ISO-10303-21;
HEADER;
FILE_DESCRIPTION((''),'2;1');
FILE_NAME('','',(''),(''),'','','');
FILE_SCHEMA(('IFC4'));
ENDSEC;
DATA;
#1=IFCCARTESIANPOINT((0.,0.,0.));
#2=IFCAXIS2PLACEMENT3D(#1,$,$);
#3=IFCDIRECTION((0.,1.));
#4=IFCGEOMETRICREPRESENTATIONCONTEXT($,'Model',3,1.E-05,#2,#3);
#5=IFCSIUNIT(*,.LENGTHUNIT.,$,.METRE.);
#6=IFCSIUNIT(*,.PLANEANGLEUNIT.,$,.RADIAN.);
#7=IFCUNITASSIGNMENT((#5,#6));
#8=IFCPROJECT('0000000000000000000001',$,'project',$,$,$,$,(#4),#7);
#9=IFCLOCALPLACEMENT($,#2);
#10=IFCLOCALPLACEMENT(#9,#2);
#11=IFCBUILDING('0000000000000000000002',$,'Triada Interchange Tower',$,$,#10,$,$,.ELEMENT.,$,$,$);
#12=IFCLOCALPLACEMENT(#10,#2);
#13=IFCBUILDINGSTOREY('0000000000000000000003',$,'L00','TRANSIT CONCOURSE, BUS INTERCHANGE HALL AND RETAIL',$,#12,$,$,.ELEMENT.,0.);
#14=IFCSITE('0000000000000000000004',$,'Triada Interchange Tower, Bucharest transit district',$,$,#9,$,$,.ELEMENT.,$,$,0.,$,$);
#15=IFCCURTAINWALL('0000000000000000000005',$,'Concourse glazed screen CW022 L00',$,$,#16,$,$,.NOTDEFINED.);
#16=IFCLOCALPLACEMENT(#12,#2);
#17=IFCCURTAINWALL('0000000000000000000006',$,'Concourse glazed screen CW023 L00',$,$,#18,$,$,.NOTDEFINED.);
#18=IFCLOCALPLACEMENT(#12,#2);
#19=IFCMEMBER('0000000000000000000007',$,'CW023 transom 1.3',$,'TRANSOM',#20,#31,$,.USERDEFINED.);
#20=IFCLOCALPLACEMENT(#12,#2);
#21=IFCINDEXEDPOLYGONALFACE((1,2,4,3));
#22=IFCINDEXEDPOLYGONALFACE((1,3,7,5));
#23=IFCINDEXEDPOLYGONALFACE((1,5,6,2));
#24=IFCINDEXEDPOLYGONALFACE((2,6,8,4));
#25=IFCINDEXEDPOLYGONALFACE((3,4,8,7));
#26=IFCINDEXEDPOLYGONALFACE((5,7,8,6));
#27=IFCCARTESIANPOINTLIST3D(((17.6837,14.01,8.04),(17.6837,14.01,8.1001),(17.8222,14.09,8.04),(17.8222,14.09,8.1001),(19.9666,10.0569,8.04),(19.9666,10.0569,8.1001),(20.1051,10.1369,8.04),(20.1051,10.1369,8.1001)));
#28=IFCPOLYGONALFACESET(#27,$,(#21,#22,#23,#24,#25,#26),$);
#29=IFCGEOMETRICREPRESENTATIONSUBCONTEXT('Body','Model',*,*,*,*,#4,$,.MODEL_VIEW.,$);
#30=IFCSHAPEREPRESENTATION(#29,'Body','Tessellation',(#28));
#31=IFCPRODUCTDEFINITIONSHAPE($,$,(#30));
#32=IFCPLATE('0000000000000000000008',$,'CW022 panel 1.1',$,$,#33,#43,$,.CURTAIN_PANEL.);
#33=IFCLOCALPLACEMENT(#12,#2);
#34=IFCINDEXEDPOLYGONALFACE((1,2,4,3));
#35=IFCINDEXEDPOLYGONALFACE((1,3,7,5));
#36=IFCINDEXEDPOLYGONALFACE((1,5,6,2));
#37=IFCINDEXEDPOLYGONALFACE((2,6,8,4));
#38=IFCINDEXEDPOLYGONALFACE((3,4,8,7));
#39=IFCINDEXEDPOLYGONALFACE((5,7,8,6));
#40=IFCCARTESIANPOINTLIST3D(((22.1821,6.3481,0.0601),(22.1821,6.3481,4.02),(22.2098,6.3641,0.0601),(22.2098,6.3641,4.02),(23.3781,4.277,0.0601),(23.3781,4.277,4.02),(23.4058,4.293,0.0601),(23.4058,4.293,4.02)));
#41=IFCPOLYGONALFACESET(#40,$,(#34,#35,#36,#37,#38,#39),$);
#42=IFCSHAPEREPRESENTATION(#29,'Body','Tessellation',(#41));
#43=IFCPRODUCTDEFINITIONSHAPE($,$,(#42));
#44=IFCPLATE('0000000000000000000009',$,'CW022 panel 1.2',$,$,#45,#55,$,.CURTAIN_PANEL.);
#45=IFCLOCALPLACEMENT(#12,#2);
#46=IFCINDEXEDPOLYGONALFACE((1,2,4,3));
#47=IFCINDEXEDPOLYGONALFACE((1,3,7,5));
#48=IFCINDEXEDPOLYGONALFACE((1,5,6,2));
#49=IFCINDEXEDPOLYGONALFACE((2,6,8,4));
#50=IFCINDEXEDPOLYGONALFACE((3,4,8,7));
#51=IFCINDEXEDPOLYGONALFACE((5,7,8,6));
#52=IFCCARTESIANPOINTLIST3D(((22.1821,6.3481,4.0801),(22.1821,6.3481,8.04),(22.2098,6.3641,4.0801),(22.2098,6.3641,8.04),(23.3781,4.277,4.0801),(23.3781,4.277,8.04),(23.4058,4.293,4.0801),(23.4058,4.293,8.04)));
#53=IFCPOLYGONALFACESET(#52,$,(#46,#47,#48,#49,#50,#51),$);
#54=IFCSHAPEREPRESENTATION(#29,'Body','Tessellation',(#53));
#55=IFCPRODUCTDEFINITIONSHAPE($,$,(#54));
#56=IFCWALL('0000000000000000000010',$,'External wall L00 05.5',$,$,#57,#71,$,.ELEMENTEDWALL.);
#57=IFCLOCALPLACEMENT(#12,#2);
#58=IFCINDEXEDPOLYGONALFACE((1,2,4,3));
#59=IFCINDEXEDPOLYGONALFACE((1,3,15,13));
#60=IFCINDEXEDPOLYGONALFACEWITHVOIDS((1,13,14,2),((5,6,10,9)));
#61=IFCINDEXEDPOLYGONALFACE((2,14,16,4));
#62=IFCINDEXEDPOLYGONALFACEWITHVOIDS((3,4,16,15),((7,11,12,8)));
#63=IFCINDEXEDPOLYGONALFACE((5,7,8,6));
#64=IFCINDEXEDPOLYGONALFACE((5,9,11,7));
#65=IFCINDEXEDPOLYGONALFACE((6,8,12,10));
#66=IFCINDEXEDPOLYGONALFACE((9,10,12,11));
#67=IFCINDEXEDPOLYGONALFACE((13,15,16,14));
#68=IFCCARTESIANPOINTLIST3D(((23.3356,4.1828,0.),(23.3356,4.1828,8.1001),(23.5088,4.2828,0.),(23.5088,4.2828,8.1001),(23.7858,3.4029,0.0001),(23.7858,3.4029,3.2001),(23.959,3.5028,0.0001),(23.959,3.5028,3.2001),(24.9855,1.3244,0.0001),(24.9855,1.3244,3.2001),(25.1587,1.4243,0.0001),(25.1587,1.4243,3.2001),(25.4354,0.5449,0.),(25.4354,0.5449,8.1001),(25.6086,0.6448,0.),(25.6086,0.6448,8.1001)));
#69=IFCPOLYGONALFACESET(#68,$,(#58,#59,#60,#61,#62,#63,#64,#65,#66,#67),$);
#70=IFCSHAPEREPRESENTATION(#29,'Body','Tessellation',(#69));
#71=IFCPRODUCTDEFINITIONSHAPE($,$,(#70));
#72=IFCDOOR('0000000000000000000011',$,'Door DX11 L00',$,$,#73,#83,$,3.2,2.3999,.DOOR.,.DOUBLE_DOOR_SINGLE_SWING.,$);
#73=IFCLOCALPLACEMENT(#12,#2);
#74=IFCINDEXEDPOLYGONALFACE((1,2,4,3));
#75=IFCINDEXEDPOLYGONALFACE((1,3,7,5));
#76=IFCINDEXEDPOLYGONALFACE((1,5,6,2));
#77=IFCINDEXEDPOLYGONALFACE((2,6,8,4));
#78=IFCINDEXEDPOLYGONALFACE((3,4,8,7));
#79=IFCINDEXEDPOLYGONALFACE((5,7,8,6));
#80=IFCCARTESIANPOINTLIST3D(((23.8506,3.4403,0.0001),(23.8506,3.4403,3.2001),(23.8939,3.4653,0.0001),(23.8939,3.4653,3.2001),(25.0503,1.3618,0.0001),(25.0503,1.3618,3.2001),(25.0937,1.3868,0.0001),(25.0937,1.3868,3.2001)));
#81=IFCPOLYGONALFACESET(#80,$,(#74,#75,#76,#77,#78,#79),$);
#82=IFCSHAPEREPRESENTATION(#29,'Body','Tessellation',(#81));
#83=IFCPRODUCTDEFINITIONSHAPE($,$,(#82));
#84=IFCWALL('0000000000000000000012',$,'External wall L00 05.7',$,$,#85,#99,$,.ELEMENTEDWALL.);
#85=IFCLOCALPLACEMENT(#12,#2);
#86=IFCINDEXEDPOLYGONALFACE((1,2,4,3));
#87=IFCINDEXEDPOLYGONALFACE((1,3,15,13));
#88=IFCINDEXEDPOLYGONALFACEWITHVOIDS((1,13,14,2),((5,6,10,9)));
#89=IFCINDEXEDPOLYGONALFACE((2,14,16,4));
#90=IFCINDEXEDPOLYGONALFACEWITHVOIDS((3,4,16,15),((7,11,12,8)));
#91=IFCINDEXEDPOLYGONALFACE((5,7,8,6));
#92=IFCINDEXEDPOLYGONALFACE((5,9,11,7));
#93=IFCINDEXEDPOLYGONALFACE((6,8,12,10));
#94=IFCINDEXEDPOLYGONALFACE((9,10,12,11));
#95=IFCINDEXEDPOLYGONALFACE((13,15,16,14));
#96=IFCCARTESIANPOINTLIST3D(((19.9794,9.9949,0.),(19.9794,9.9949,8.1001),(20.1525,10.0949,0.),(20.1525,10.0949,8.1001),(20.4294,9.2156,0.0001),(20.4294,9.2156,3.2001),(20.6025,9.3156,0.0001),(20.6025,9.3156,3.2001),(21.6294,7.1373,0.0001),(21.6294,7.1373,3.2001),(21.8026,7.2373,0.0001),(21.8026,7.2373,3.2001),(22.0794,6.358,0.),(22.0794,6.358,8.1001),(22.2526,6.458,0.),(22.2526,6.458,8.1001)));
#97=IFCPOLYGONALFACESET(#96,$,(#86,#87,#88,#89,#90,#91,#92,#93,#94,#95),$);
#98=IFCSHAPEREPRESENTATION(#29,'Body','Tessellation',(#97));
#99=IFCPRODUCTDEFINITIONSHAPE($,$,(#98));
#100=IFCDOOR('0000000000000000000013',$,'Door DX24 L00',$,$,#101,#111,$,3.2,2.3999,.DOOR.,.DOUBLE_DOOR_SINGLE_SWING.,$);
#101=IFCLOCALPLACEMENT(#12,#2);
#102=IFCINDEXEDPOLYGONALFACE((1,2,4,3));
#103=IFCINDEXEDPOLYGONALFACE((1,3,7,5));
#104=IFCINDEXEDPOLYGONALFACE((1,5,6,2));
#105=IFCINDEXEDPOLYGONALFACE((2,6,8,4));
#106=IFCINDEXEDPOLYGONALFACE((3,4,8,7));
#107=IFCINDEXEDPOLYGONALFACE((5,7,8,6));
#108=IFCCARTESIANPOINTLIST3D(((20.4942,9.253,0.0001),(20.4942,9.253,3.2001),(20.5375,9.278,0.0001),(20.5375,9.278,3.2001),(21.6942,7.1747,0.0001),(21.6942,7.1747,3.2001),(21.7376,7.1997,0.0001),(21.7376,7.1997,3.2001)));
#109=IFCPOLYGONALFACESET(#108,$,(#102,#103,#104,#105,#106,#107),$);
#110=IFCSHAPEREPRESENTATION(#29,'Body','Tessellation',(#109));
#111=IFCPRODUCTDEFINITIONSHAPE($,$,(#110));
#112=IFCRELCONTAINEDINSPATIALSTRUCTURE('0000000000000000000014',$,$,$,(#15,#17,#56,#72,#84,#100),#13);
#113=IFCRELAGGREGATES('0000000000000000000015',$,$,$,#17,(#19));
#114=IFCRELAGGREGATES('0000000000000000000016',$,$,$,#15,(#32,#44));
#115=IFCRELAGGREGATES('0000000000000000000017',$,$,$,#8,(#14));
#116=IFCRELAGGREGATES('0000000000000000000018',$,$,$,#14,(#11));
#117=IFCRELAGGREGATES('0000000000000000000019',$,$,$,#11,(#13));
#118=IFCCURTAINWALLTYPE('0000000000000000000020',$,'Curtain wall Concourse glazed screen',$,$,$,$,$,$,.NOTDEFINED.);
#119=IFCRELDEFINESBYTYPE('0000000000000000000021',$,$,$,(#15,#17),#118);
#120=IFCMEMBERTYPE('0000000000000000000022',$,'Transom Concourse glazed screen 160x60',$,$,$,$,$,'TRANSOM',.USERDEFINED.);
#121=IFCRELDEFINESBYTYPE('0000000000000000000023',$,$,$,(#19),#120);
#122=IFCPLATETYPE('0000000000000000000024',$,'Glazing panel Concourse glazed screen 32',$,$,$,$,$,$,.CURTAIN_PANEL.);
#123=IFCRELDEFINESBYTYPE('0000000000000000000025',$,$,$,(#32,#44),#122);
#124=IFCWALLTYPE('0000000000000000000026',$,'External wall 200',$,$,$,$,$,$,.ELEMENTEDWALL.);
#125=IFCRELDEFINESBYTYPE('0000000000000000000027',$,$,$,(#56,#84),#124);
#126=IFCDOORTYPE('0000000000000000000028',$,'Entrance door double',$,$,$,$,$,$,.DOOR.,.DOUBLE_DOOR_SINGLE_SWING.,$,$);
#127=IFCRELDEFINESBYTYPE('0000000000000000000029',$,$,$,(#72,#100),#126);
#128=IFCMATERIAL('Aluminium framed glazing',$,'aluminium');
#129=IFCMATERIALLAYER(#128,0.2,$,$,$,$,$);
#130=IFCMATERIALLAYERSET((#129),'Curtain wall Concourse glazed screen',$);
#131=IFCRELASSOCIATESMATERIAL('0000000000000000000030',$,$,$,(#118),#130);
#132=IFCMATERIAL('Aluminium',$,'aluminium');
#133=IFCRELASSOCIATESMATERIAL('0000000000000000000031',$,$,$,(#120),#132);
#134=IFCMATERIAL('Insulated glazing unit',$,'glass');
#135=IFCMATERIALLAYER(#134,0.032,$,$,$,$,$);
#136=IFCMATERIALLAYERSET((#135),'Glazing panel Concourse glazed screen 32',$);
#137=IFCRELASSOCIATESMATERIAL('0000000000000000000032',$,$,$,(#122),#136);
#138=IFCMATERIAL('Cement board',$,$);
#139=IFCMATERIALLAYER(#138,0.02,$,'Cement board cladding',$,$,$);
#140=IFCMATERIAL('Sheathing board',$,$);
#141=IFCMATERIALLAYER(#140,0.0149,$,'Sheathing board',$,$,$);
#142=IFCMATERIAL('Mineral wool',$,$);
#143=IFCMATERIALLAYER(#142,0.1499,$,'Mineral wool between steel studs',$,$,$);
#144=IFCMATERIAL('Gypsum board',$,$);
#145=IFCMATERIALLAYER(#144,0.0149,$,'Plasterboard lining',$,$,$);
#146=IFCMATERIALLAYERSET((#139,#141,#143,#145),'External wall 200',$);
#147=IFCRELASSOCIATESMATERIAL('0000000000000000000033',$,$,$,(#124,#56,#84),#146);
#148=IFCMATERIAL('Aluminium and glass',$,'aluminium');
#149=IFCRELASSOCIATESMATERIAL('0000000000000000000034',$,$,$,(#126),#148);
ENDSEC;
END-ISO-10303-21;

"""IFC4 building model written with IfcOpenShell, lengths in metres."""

from ifc_helpers import new_model, si_unit, direction, frame, frame_2d, origin, origin_2d, place, context, subcontext, project, spatial, rectangle, extrude, material, layer, layer_set, layer_usage, material_profile, profile_set, type_object, element, fill, aggregate, save


model = new_model("IFC4")

# Units and contexts
model_context = context("Model", 3, precision=1e-05, world=origin(), true_north=direction((0.0, 1.0)))
body_context = subcontext(model_context, "Body", "Model", "MODEL_VIEW")
ifc_project = project(units=[si_unit("LENGTHUNIT", "METRE"), si_unit("PLANEANGLEUNIT", "RADIAN")], contexts=[model_context])

# Site, building, storey
site_placement = place(None, origin())
site = spatial("IfcSite", under=ifc_project, at=site_placement, Name="Triada Interchange Tower, Bucharest transit district", CompositionType="ELEMENT", RefElevation=0.0)
building_placement = place(site_placement, origin())
building = spatial("IfcBuilding", under=site, at=building_placement, Name="Triada Interchange Tower", CompositionType="ELEMENT")
storey_placement = place(building_placement, origin())
storey = spatial("IfcBuildingStorey", under=building, at=storey_placement, Name="L00", Description="TRANSIT CONCOURSE, BUS INTERCHANGE HALL AND RETAIL", CompositionType="ELEMENT", Elevation=0.0)

# Shared definitions
ifc_material_1 = material(Name="Aluminium framed glazing", Category="aluminium")
ifc_layer_1 = layer(ifc_material_1, 0.2)
ifc_layer_set_1 = layer_set([ifc_layer_1], Name="Curtain wall Concourse glazed screen")
curtain_wall_type = type_object("IfcCurtainWallType", Name="Curtain wall Concourse glazed screen", PredefinedType="NOTDEFINED", material=ifc_layer_set_1)
ifc_material_2 = material(Name="Aluminium", Category="aluminium")

# Curtain wall
curtain_wall_1_placement = place(storey_placement, origin())
curtain_wall_1 = element("IfcCurtainWall", 1, at=curtain_wall_1_placement, inside=storey, type_object=curtain_wall_type, Name="Concourse glazed screen CW022 L00", PredefinedType="NOTDEFINED")

# Curtain wall
curtain_wall_2_placement = place(storey_placement, origin())
curtain_wall_2 = element("IfcCurtainWall", 2, at=curtain_wall_2_placement, inside=storey, type_object=curtain_wall_type, Name="Concourse glazed screen CW023 L00", PredefinedType="NOTDEFINED")

# Member
ifc_material_profile_1 = material_profile(ifc_material_2, rectangle(XDim=0.1599, YDim=0.0601, at=origin_2d()), Name="Aluminium transom")
ifc_profile_set_1 = profile_set([ifc_material_profile_1], Name="Aluminium")
member_type_1 = type_object("IfcMemberType", Name="Transom Concourse glazed screen 160x60", ElementType="TRANSOM", PredefinedType="USERDEFINED", material=ifc_profile_set_1)
member_1_placement = place(storey_placement, frame((20.0359, 10.0969, 8.0701), z_axis=(-0.500102, 0.865966, 0.0), x_axis=(-0.865966, -0.500102, 0.0)))
member_1 = element("IfcMember", 3, at=member_1_placement, type_object=member_type_1, Name="CW023 transom 1.3", ObjectType="TRANSOM", PredefinedType="USERDEFINED", context=body_context, shape_type="SweptSolid", body=[
    extrude(rectangle(XDim=0.1599, YDim=0.0601, at=origin_2d()), origin(), (0.0, 0.0, 1.0), 4.5649),
])
aggregate(curtain_wall_2, [member_1])

# Plates
ifc_material_3 = material(Name="Insulated glazing unit", Category="glass")
ifc_layer_2 = layer(ifc_material_3, 0.032)
ifc_layer_set_2 = layer_set([ifc_layer_2], Name="Glazing panel Concourse glazed screen 32")
plate_type = type_object("IfcPlateType", Name="Glazing panel Concourse glazed screen 32", PredefinedType="CURTAIN_PANEL", material=ifc_layer_set_2)
plate_1_placement = place(storey_placement, frame((22.7939, 5.3206, 0.0601), z_axis=(0.0, 0.0, 1.0), x_axis=(-0.500079, 0.86598, 0.0)))
plate_1 = element("IfcPlate", 4, at=plate_1_placement, type_object=plate_type, Name="CW022 panel 1.1", PredefinedType="CURTAIN_PANEL", context=body_context, shape_type="SweptSolid", body=[
    extrude(rectangle(XDim=2.3916, YDim=0.032, at=origin_2d()), origin(), (0.0, 0.0, 1.0), 3.96),
])
plate_2_placement = place(storey_placement, frame((22.7939, 5.3206, 4.0801), z_axis=(0.0, 0.0, 1.0), x_axis=(-0.500079, 0.86598, 0.0)))
plate_2 = element("IfcPlate", 5, at=plate_2_placement, type_object=plate_type, Name="CW022 panel 1.2", PredefinedType="CURTAIN_PANEL", context=body_context, shape_type="SweptSolid", body=[
    extrude(rectangle(XDim=2.3916, YDim=0.032, at=origin_2d()), origin(), (0.0, 0.0, 1.0), 3.96),
])
aggregate(curtain_wall_1, [plate_1, plate_2])

# Walls, openings, doors
ifc_material_4 = material(Name="Cement board")
ifc_layer_3 = layer(ifc_material_4, 0.02, Name="Cement board cladding")
ifc_material_5 = material(Name="Sheathing board")
ifc_layer_4 = layer(ifc_material_5, 0.0149, Name="Sheathing board")
ifc_material_6 = material(Name="Mineral wool")
ifc_layer_5 = layer(ifc_material_6, 0.1499, Name="Mineral wool between steel studs")
ifc_material_7 = material(Name="Gypsum board")
ifc_layer_6 = layer(ifc_material_7, 0.0149, Name="Plasterboard lining")
ifc_layer_set_3 = layer_set([ifc_layer_3, ifc_layer_4, ifc_layer_5, ifc_layer_6], Name="External wall 200")
ifc_layer_usage = layer_usage(ifc_layer_set_3, "AXIS2", "POSITIVE", -0.1001)
wall_type = type_object("IfcWallType", Name="External wall 200", PredefinedType="ELEMENTEDWALL", material=ifc_layer_set_3)
wall_1_placement = place(storey_placement, frame((25.522, 0.595, 0.0), z_axis=(0.0, 0.0, 1.0), x_axis=(-0.499909, 0.866078, 0.0)))
wall_1 = element("IfcWall", 6, at=wall_1_placement, inside=storey, type_object=wall_type, material=ifc_layer_usage, Name="External wall L00 05.5", PredefinedType="ELEMENTEDWALL", context=body_context, shape_type="SweptSolid", body=[
    extrude(rectangle(XDim=4.2004, YDim=0.2, at=frame_2d((2.1001, 0.0))), origin(), (0.0, 0.0, 1.0), 8.1001),
])
opening_1_placement = place(wall_1_placement, frame((0.8999, 0.0, 0.0)))
opening_1 = element("IfcOpeningElement", 7, at=opening_1_placement, cuts=wall_1, PredefinedType="OPENING", context=body_context, shape_type="SweptSolid", body=[
    extrude(rectangle(XDim=2.3999, YDim=3.2, at=frame_2d((1.2, 1.6001))), frame((0.0, 0.1099, 0.0), z_axis=(0.0, -1.0, 0.0), x_axis=(1.0, 0.0, 0.0)), (0.0, 0.0, 1.0), 0.22),
])
ifc_material_8 = material(Name="Aluminium and glass", Category="aluminium")
door_type = type_object("IfcDoorType", Name="Entrance door double", OperationType="DOUBLE_DOOR_SINGLE_SWING", PredefinedType="DOOR", material=ifc_material_8)
door_1_placement = place(opening_1_placement, frame((2.3999, 0.0, 0.0), z_axis=(0.0, 0.0, 1.0), x_axis=(-1.0, 0.0, 0.0)))
door_1 = element("IfcDoor", 8, at=door_1_placement, inside=storey, type_object=door_type, Name="Door DX11 L00", OperationType="DOUBLE_DOOR_SINGLE_SWING", OverallHeight=3.2, OverallWidth=2.3999, PredefinedType="DOOR", context=body_context, shape_type="SweptSolid", body=[
    extrude(rectangle(XDim=2.3999, YDim=3.2, at=frame_2d((1.2, 1.6001))), frame((0.0, 0.0249, 0.0), z_axis=(0.0, -1.0, 0.0), x_axis=(1.0, 0.0, 0.0)), (0.0, 0.0, 1.0), 0.05),
])
fill(opening_1, door_1)
wall_2_placement = place(storey_placement, frame((22.166, 6.408, 0.0), z_axis=(0.0, 0.0, 1.0), x_axis=(-0.500053, 0.865995, 0.0)))
wall_2 = element("IfcWall", 9, at=wall_2_placement, inside=storey, type_object=wall_type, material=ifc_layer_usage, Name="External wall L00 05.7", PredefinedType="ELEMENTEDWALL", context=body_context, shape_type="SweptSolid", body=[
    extrude(rectangle(XDim=4.1997, YDim=0.2, at=frame_2d((2.0999, 0.0))), origin(), (0.0, 0.0, 1.0), 8.1001),
])
opening_2_placement = place(wall_2_placement, frame((0.8999, 0.0, 0.0)))
opening_2 = element("IfcOpeningElement", 10, at=opening_2_placement, cuts=wall_2, PredefinedType="OPENING", context=body_context, shape_type="SweptSolid", body=[
    extrude(rectangle(XDim=2.3999, YDim=3.2, at=frame_2d((1.2, 1.6001))), frame((0.0, 0.1099, 0.0), z_axis=(0.0, -1.0, 0.0), x_axis=(1.0, 0.0, 0.0)), (0.0, 0.0, 1.0), 0.22),
])
door_2_placement = place(opening_2_placement, frame((2.3999, 0.0, 0.0), z_axis=(0.0, 0.0, 1.0), x_axis=(-1.0, 0.0, 0.0)))
door_2 = element("IfcDoor", 11, at=door_2_placement, inside=storey, type_object=door_type, Name="Door DX24 L00", OperationType="DOUBLE_DOOR_SINGLE_SWING", OverallHeight=3.2, OverallWidth=2.3999, PredefinedType="DOOR", context=body_context, shape_type="SweptSolid", body=[
    extrude(rectangle(XDim=2.3999, YDim=3.2, at=frame_2d((1.2, 1.6001))), frame((0.0, 0.0249, 0.0), z_axis=(0.0, -1.0, 0.0), x_axis=(1.0, 0.0, 0.0)), (0.0, 0.0, 1.0), 0.05),
])
fill(opening_2, door_2)

save(model, "model.ifc")
